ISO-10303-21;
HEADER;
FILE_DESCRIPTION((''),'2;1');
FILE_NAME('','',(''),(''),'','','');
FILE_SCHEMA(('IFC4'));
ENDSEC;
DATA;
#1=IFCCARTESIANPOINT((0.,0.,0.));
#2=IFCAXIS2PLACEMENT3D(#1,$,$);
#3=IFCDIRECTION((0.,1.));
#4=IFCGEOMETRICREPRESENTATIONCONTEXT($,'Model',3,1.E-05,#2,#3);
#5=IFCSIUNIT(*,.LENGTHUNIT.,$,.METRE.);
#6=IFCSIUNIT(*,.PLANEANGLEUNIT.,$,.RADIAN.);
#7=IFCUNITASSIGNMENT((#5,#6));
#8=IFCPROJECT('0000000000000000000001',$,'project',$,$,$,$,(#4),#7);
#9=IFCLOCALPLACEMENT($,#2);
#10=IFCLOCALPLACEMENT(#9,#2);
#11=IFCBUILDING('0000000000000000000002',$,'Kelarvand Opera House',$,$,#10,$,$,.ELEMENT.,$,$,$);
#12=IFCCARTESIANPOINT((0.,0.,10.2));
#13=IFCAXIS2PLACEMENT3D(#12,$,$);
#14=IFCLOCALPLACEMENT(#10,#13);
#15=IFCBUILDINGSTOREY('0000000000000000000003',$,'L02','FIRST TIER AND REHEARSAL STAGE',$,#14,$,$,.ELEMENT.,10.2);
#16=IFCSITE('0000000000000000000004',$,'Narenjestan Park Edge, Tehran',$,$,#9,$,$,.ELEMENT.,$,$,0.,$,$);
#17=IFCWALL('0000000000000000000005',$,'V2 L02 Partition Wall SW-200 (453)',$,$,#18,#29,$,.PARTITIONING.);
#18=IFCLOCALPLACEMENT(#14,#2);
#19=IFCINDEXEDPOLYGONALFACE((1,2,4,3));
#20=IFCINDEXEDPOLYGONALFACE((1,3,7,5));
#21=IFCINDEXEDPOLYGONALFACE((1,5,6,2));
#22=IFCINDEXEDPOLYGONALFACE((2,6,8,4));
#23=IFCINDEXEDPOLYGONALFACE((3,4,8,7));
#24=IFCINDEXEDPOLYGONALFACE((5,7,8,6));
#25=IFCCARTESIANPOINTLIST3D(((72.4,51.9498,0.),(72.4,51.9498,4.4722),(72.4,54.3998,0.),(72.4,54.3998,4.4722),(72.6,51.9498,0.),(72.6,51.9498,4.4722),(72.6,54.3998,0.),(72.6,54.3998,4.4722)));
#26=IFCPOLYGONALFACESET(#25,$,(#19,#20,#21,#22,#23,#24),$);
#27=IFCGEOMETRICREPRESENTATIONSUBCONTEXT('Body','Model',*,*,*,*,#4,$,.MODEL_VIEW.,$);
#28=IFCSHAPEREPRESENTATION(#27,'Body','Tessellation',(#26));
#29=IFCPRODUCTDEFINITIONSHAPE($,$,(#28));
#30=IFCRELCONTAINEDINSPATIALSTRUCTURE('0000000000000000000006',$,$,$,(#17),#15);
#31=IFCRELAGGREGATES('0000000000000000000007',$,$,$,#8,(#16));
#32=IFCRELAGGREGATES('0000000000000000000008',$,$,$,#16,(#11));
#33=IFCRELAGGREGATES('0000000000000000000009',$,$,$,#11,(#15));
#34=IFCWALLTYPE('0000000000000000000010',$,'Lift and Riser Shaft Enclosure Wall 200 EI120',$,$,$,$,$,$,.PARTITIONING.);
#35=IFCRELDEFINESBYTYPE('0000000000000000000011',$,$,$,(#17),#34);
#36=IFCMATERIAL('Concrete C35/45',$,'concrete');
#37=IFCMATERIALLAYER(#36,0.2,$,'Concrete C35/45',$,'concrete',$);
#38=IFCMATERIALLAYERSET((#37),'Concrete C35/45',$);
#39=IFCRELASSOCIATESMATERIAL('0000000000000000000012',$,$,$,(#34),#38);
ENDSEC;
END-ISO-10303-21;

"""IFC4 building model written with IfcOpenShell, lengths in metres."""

from ifc_helpers import new_model, si_unit, direction, frame, frame_2d, origin, place, context, subcontext, project, spatial, rectangle, extrude, material, layer, layer_set, type_object, element, save


model = new_model("IFC4")

# Units and contexts
model_context = context("Model", 3, precision=1e-05, world=origin(), true_north=direction((0.0, 1.0)))
body_context = subcontext(model_context, "Body", "Model", "MODEL_VIEW")
ifc_project = project(units=[si_unit("LENGTHUNIT", "METRE"), si_unit("PLANEANGLEUNIT", "RADIAN")], contexts=[model_context])

# Site, building, storey
site_placement = place(None, origin())
site = spatial("IfcSite", under=ifc_project, at=site_placement, Name="Narenjestan Park Edge, Tehran", CompositionType="ELEMENT", RefElevation=0.0)
building_placement = place(site_placement, origin())
building = spatial("IfcBuilding", under=site, at=building_placement, Name="Kelarvand Opera House", CompositionType="ELEMENT")
storey_placement = place(building_placement, frame((0.0, 0.0, 10.2)))
storey = spatial("IfcBuildingStorey", under=building, at=storey_placement, Name="L02", Description="FIRST TIER AND REHEARSAL STAGE", CompositionType="ELEMENT", Elevation=10.2)

# Wall
ifc_material_1 = material(Name="Concrete C35/45", Category="concrete")
ifc_layer = layer(ifc_material_1, 0.2, Name="Concrete C35/45", Category="concrete")
ifc_layer_set = layer_set([ifc_layer], Name="Concrete C35/45")
wall_type = type_object("IfcWallType", Name="Lift and Riser Shaft Enclosure Wall 200 EI120", PredefinedType="PARTITIONING", material=ifc_layer_set)
wall_1_placement = place(storey_placement, frame((72.5, 54.3999, 0.0), z_axis=(0.0, 0.0, 1.0), x_axis=(0.0, -1.0, 0.0)))
element("IfcWall", 1, at=wall_1_placement, inside=storey, type_object=wall_type, Name="V2 L02 Partition Wall SW-200 (453)", PredefinedType="PARTITIONING", context=body_context, shape_type="SweptSolid", body=[
    extrude(rectangle(XDim=2.45, YDim=0.2, at=frame_2d((1.2251, 0.0))), origin(), (0.0, 0.0, 1.0), 4.4722),
])

save(model, "model.ifc")
